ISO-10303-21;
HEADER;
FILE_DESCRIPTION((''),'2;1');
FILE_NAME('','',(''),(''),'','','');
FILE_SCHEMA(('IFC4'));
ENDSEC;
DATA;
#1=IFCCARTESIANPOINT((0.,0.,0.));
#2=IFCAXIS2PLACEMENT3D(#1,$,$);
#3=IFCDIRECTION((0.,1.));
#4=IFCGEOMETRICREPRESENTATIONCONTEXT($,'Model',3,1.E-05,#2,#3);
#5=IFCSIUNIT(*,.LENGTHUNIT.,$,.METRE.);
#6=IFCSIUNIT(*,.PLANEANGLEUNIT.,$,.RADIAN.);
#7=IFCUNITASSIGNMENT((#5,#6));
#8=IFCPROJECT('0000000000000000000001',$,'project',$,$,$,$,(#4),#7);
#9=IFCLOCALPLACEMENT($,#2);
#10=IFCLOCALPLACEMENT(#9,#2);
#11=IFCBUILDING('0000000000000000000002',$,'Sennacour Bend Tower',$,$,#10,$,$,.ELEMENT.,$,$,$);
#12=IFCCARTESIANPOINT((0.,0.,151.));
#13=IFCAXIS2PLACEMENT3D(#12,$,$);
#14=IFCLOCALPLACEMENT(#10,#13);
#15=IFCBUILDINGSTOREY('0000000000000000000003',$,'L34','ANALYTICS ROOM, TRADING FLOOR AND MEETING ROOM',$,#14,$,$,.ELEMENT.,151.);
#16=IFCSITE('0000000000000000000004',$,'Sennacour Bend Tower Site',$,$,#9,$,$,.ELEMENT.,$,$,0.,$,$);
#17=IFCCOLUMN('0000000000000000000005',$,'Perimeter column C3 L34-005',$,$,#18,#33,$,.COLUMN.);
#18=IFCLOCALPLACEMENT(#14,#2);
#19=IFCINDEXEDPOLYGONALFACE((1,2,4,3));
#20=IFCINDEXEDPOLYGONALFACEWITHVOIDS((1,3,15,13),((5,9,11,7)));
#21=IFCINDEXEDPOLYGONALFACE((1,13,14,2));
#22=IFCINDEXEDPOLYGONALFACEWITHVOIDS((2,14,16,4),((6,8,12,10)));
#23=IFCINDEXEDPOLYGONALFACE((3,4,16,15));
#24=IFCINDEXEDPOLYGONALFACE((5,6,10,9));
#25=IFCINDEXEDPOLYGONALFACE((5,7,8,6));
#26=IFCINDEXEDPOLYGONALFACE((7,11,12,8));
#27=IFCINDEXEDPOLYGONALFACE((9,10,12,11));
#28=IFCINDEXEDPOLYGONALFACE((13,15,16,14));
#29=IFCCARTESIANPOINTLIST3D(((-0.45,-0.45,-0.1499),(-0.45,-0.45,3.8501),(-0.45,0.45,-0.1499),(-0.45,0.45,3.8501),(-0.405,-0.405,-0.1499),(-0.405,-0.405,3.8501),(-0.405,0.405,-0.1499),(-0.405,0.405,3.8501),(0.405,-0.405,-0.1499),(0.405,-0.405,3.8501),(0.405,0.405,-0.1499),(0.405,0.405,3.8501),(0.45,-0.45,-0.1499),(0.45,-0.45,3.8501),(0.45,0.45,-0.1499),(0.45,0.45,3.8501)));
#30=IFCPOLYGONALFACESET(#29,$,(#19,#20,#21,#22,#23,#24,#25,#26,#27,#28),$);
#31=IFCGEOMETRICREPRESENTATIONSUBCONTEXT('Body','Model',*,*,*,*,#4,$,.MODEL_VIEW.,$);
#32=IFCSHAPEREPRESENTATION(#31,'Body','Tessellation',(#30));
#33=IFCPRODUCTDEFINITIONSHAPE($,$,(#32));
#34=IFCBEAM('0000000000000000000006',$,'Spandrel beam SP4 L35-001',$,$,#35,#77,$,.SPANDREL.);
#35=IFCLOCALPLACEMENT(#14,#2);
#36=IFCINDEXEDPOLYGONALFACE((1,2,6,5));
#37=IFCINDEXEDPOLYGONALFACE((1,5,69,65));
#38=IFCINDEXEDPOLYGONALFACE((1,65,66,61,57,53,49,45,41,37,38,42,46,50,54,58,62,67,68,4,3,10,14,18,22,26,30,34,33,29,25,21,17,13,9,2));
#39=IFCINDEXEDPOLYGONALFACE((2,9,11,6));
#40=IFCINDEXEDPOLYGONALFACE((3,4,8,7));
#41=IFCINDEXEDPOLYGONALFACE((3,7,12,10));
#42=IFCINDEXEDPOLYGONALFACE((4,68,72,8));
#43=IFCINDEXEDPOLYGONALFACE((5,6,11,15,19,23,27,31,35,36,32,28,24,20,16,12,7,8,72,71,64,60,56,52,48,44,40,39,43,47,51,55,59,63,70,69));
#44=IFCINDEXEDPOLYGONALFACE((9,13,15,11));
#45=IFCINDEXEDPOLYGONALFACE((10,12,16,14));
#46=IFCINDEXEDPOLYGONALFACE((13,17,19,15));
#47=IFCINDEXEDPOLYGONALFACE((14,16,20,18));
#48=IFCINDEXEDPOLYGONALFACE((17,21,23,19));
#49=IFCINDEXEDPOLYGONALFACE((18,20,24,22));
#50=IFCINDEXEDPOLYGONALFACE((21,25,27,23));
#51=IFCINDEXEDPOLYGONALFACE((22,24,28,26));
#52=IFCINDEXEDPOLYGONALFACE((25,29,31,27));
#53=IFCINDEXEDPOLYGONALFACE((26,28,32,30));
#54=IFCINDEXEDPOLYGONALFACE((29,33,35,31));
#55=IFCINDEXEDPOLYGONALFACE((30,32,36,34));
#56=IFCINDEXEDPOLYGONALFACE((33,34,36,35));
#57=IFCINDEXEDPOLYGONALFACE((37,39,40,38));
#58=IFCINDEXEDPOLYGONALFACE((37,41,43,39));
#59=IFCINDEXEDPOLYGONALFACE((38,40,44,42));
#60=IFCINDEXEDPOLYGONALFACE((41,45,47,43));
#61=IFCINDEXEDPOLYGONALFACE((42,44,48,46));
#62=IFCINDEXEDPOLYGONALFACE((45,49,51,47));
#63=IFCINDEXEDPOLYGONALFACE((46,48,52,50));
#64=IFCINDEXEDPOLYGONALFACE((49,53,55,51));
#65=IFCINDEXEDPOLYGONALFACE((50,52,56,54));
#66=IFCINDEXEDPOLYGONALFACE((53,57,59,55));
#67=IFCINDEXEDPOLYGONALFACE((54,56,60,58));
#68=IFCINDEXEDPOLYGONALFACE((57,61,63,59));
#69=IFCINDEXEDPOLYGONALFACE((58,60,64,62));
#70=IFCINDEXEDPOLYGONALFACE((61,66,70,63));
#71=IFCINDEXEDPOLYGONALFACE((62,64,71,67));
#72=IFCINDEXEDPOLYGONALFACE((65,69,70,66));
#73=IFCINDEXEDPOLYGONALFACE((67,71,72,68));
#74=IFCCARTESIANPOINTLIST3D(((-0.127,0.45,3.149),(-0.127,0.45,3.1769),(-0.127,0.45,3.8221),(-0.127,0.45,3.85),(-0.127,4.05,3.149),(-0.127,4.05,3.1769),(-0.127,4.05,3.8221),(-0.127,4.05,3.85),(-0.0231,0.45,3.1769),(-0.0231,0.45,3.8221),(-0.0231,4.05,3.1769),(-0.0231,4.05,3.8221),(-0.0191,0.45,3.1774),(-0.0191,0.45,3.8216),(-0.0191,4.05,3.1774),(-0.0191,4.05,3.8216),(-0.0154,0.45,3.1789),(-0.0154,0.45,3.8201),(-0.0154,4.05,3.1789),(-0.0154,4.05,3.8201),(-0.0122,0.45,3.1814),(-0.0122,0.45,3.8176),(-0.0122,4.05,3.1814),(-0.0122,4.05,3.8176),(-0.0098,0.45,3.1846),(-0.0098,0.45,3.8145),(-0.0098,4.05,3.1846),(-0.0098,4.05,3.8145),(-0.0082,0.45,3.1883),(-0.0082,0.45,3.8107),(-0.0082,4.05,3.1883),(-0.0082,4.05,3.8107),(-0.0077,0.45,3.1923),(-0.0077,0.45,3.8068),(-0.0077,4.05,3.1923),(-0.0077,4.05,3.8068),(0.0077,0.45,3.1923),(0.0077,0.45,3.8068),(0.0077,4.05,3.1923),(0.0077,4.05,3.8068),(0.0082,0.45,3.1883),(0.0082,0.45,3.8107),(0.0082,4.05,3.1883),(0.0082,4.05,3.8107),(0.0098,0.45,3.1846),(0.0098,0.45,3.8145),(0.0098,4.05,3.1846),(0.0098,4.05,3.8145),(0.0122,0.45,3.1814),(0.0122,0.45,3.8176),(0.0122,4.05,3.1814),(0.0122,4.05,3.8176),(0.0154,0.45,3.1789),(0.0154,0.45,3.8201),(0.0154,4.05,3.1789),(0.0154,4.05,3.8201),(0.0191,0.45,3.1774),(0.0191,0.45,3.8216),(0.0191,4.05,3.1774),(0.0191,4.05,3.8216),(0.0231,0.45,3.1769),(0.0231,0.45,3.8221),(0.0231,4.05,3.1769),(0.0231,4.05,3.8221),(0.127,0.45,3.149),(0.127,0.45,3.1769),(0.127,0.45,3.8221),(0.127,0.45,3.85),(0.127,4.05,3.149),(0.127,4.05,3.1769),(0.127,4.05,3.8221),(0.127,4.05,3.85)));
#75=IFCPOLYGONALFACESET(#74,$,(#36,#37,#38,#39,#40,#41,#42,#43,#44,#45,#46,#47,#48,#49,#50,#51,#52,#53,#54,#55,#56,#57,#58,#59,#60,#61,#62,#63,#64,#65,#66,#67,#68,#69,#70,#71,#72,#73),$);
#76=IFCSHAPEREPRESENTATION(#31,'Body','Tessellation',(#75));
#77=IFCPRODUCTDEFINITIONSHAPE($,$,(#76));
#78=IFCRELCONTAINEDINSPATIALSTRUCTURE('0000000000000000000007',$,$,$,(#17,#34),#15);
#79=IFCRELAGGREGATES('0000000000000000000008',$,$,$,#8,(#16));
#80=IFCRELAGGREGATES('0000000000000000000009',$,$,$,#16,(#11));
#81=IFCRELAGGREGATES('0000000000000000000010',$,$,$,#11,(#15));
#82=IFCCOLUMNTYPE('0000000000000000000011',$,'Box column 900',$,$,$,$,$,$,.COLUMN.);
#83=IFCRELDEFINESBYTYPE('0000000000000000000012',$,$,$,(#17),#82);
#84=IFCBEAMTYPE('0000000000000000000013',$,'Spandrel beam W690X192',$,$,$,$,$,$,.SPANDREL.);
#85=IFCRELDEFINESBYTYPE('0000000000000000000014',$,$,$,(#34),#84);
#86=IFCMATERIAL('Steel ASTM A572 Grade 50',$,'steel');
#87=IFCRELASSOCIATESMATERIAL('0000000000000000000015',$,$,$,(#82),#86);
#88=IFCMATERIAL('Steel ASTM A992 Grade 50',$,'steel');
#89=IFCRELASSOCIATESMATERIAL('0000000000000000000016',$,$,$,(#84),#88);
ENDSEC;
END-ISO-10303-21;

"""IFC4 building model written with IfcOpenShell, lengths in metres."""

from ifc_helpers import new_model, si_unit, direction, frame, origin, origin_2d, place, context, subcontext, project, spatial, hollow_rectangle, i_section, extrude, material, material_profile, profile_set, type_object, element, save


model = new_model("IFC4")

# Units and contexts
model_context = context("Model", 3, precision=1e-05, world=origin(), true_north=direction((0.0, 1.0)))
body_context = subcontext(model_context, "Body", "Model", "MODEL_VIEW")
ifc_project = project(units=[si_unit("LENGTHUNIT", "METRE"), si_unit("PLANEANGLEUNIT", "RADIAN")], contexts=[model_context])

# Site, building, storey
site_placement = place(None, origin())
site = spatial("IfcSite", under=ifc_project, at=site_placement, Name="Sennacour Bend Tower Site", CompositionType="ELEMENT", RefElevation=0.0)
building_placement = place(site_placement, origin())
building = spatial("IfcBuilding", under=site, at=building_placement, Name="Sennacour Bend Tower", CompositionType="ELEMENT")
storey_placement = place(building_placement, frame((0.0, 0.0, 151.0)))
storey = spatial("IfcBuildingStorey", under=building, at=storey_placement, Name="L34", Description="ANALYTICS ROOM, TRADING FLOOR AND MEETING ROOM", CompositionType="ELEMENT", Elevation=151.0)

# Column
ifc_material_1 = material(Name="Steel ASTM A572 Grade 50", Category="steel")
ifc_material_profile_1 = material_profile(ifc_material_1, hollow_rectangle(XDim=0.8999, YDim=0.8999, WallThickness=0.0449, at=origin_2d()), Name="Steel ASTM A572 Grade 50", Category="steel")
ifc_profile_set_1 = profile_set([ifc_material_profile_1], Name="Steel ASTM A572 Grade 50")
column_type = type_object("IfcColumnType", Name="Box column 900", PredefinedType="COLUMN", material=ifc_profile_set_1)
column_placement = place(storey_placement, frame((0.0, 0.0, -0.1499), z_axis=(0.0, 0.0, 1.0), x_axis=(1.0, 0.0, 0.0)))
element("IfcColumn", 1, at=column_placement, inside=storey, type_object=column_type, Name="Perimeter column C3 L34-005", PredefinedType="COLUMN", context=body_context, shape_type="SweptSolid", body=[
    extrude(hollow_rectangle(XDim=0.8999, YDim=0.8999, WallThickness=0.0449, at=origin_2d()), origin(), (0.0, 0.0, 1.0), 4.0),
])

# Beam
ifc_material_2 = material(Name="Steel ASTM A992 Grade 50", Category="steel")
ifc_material_profile_2 = material_profile(ifc_material_2, i_section(OverallWidth=0.2539, OverallDepth=0.7009, WebThickness=0.0154, FlangeThickness=0.0278, FilletRadius=0.0154, at=origin_2d()), Name="Steel ASTM A992 Grade 50", Category="steel")
ifc_profile_set_2 = profile_set([ifc_material_profile_2], Name="Steel ASTM A992 Grade 50")
beam_type = type_object("IfcBeamType", Name="Spandrel beam W690X192", PredefinedType="SPANDREL", material=ifc_profile_set_2)
beam_placement = place(storey_placement, frame((0.0, 0.45, 3.4995), z_axis=(0.0, 1.0, 0.0), x_axis=(-1.0, 0.0, 0.0)))
element("IfcBeam", 2, at=beam_placement, inside=storey, type_object=beam_type, Name="Spandrel beam SP4 L35-001", PredefinedType="SPANDREL", context=body_context, shape_type="SweptSolid", body=[
    extrude(i_section(OverallWidth=0.2539, OverallDepth=0.7009, WebThickness=0.0154, FlangeThickness=0.0278, FilletRadius=0.0154, at=origin_2d()), origin(), (0.0, 0.0, 1.0), 3.6001),
])

save(model, "model.ifc")
